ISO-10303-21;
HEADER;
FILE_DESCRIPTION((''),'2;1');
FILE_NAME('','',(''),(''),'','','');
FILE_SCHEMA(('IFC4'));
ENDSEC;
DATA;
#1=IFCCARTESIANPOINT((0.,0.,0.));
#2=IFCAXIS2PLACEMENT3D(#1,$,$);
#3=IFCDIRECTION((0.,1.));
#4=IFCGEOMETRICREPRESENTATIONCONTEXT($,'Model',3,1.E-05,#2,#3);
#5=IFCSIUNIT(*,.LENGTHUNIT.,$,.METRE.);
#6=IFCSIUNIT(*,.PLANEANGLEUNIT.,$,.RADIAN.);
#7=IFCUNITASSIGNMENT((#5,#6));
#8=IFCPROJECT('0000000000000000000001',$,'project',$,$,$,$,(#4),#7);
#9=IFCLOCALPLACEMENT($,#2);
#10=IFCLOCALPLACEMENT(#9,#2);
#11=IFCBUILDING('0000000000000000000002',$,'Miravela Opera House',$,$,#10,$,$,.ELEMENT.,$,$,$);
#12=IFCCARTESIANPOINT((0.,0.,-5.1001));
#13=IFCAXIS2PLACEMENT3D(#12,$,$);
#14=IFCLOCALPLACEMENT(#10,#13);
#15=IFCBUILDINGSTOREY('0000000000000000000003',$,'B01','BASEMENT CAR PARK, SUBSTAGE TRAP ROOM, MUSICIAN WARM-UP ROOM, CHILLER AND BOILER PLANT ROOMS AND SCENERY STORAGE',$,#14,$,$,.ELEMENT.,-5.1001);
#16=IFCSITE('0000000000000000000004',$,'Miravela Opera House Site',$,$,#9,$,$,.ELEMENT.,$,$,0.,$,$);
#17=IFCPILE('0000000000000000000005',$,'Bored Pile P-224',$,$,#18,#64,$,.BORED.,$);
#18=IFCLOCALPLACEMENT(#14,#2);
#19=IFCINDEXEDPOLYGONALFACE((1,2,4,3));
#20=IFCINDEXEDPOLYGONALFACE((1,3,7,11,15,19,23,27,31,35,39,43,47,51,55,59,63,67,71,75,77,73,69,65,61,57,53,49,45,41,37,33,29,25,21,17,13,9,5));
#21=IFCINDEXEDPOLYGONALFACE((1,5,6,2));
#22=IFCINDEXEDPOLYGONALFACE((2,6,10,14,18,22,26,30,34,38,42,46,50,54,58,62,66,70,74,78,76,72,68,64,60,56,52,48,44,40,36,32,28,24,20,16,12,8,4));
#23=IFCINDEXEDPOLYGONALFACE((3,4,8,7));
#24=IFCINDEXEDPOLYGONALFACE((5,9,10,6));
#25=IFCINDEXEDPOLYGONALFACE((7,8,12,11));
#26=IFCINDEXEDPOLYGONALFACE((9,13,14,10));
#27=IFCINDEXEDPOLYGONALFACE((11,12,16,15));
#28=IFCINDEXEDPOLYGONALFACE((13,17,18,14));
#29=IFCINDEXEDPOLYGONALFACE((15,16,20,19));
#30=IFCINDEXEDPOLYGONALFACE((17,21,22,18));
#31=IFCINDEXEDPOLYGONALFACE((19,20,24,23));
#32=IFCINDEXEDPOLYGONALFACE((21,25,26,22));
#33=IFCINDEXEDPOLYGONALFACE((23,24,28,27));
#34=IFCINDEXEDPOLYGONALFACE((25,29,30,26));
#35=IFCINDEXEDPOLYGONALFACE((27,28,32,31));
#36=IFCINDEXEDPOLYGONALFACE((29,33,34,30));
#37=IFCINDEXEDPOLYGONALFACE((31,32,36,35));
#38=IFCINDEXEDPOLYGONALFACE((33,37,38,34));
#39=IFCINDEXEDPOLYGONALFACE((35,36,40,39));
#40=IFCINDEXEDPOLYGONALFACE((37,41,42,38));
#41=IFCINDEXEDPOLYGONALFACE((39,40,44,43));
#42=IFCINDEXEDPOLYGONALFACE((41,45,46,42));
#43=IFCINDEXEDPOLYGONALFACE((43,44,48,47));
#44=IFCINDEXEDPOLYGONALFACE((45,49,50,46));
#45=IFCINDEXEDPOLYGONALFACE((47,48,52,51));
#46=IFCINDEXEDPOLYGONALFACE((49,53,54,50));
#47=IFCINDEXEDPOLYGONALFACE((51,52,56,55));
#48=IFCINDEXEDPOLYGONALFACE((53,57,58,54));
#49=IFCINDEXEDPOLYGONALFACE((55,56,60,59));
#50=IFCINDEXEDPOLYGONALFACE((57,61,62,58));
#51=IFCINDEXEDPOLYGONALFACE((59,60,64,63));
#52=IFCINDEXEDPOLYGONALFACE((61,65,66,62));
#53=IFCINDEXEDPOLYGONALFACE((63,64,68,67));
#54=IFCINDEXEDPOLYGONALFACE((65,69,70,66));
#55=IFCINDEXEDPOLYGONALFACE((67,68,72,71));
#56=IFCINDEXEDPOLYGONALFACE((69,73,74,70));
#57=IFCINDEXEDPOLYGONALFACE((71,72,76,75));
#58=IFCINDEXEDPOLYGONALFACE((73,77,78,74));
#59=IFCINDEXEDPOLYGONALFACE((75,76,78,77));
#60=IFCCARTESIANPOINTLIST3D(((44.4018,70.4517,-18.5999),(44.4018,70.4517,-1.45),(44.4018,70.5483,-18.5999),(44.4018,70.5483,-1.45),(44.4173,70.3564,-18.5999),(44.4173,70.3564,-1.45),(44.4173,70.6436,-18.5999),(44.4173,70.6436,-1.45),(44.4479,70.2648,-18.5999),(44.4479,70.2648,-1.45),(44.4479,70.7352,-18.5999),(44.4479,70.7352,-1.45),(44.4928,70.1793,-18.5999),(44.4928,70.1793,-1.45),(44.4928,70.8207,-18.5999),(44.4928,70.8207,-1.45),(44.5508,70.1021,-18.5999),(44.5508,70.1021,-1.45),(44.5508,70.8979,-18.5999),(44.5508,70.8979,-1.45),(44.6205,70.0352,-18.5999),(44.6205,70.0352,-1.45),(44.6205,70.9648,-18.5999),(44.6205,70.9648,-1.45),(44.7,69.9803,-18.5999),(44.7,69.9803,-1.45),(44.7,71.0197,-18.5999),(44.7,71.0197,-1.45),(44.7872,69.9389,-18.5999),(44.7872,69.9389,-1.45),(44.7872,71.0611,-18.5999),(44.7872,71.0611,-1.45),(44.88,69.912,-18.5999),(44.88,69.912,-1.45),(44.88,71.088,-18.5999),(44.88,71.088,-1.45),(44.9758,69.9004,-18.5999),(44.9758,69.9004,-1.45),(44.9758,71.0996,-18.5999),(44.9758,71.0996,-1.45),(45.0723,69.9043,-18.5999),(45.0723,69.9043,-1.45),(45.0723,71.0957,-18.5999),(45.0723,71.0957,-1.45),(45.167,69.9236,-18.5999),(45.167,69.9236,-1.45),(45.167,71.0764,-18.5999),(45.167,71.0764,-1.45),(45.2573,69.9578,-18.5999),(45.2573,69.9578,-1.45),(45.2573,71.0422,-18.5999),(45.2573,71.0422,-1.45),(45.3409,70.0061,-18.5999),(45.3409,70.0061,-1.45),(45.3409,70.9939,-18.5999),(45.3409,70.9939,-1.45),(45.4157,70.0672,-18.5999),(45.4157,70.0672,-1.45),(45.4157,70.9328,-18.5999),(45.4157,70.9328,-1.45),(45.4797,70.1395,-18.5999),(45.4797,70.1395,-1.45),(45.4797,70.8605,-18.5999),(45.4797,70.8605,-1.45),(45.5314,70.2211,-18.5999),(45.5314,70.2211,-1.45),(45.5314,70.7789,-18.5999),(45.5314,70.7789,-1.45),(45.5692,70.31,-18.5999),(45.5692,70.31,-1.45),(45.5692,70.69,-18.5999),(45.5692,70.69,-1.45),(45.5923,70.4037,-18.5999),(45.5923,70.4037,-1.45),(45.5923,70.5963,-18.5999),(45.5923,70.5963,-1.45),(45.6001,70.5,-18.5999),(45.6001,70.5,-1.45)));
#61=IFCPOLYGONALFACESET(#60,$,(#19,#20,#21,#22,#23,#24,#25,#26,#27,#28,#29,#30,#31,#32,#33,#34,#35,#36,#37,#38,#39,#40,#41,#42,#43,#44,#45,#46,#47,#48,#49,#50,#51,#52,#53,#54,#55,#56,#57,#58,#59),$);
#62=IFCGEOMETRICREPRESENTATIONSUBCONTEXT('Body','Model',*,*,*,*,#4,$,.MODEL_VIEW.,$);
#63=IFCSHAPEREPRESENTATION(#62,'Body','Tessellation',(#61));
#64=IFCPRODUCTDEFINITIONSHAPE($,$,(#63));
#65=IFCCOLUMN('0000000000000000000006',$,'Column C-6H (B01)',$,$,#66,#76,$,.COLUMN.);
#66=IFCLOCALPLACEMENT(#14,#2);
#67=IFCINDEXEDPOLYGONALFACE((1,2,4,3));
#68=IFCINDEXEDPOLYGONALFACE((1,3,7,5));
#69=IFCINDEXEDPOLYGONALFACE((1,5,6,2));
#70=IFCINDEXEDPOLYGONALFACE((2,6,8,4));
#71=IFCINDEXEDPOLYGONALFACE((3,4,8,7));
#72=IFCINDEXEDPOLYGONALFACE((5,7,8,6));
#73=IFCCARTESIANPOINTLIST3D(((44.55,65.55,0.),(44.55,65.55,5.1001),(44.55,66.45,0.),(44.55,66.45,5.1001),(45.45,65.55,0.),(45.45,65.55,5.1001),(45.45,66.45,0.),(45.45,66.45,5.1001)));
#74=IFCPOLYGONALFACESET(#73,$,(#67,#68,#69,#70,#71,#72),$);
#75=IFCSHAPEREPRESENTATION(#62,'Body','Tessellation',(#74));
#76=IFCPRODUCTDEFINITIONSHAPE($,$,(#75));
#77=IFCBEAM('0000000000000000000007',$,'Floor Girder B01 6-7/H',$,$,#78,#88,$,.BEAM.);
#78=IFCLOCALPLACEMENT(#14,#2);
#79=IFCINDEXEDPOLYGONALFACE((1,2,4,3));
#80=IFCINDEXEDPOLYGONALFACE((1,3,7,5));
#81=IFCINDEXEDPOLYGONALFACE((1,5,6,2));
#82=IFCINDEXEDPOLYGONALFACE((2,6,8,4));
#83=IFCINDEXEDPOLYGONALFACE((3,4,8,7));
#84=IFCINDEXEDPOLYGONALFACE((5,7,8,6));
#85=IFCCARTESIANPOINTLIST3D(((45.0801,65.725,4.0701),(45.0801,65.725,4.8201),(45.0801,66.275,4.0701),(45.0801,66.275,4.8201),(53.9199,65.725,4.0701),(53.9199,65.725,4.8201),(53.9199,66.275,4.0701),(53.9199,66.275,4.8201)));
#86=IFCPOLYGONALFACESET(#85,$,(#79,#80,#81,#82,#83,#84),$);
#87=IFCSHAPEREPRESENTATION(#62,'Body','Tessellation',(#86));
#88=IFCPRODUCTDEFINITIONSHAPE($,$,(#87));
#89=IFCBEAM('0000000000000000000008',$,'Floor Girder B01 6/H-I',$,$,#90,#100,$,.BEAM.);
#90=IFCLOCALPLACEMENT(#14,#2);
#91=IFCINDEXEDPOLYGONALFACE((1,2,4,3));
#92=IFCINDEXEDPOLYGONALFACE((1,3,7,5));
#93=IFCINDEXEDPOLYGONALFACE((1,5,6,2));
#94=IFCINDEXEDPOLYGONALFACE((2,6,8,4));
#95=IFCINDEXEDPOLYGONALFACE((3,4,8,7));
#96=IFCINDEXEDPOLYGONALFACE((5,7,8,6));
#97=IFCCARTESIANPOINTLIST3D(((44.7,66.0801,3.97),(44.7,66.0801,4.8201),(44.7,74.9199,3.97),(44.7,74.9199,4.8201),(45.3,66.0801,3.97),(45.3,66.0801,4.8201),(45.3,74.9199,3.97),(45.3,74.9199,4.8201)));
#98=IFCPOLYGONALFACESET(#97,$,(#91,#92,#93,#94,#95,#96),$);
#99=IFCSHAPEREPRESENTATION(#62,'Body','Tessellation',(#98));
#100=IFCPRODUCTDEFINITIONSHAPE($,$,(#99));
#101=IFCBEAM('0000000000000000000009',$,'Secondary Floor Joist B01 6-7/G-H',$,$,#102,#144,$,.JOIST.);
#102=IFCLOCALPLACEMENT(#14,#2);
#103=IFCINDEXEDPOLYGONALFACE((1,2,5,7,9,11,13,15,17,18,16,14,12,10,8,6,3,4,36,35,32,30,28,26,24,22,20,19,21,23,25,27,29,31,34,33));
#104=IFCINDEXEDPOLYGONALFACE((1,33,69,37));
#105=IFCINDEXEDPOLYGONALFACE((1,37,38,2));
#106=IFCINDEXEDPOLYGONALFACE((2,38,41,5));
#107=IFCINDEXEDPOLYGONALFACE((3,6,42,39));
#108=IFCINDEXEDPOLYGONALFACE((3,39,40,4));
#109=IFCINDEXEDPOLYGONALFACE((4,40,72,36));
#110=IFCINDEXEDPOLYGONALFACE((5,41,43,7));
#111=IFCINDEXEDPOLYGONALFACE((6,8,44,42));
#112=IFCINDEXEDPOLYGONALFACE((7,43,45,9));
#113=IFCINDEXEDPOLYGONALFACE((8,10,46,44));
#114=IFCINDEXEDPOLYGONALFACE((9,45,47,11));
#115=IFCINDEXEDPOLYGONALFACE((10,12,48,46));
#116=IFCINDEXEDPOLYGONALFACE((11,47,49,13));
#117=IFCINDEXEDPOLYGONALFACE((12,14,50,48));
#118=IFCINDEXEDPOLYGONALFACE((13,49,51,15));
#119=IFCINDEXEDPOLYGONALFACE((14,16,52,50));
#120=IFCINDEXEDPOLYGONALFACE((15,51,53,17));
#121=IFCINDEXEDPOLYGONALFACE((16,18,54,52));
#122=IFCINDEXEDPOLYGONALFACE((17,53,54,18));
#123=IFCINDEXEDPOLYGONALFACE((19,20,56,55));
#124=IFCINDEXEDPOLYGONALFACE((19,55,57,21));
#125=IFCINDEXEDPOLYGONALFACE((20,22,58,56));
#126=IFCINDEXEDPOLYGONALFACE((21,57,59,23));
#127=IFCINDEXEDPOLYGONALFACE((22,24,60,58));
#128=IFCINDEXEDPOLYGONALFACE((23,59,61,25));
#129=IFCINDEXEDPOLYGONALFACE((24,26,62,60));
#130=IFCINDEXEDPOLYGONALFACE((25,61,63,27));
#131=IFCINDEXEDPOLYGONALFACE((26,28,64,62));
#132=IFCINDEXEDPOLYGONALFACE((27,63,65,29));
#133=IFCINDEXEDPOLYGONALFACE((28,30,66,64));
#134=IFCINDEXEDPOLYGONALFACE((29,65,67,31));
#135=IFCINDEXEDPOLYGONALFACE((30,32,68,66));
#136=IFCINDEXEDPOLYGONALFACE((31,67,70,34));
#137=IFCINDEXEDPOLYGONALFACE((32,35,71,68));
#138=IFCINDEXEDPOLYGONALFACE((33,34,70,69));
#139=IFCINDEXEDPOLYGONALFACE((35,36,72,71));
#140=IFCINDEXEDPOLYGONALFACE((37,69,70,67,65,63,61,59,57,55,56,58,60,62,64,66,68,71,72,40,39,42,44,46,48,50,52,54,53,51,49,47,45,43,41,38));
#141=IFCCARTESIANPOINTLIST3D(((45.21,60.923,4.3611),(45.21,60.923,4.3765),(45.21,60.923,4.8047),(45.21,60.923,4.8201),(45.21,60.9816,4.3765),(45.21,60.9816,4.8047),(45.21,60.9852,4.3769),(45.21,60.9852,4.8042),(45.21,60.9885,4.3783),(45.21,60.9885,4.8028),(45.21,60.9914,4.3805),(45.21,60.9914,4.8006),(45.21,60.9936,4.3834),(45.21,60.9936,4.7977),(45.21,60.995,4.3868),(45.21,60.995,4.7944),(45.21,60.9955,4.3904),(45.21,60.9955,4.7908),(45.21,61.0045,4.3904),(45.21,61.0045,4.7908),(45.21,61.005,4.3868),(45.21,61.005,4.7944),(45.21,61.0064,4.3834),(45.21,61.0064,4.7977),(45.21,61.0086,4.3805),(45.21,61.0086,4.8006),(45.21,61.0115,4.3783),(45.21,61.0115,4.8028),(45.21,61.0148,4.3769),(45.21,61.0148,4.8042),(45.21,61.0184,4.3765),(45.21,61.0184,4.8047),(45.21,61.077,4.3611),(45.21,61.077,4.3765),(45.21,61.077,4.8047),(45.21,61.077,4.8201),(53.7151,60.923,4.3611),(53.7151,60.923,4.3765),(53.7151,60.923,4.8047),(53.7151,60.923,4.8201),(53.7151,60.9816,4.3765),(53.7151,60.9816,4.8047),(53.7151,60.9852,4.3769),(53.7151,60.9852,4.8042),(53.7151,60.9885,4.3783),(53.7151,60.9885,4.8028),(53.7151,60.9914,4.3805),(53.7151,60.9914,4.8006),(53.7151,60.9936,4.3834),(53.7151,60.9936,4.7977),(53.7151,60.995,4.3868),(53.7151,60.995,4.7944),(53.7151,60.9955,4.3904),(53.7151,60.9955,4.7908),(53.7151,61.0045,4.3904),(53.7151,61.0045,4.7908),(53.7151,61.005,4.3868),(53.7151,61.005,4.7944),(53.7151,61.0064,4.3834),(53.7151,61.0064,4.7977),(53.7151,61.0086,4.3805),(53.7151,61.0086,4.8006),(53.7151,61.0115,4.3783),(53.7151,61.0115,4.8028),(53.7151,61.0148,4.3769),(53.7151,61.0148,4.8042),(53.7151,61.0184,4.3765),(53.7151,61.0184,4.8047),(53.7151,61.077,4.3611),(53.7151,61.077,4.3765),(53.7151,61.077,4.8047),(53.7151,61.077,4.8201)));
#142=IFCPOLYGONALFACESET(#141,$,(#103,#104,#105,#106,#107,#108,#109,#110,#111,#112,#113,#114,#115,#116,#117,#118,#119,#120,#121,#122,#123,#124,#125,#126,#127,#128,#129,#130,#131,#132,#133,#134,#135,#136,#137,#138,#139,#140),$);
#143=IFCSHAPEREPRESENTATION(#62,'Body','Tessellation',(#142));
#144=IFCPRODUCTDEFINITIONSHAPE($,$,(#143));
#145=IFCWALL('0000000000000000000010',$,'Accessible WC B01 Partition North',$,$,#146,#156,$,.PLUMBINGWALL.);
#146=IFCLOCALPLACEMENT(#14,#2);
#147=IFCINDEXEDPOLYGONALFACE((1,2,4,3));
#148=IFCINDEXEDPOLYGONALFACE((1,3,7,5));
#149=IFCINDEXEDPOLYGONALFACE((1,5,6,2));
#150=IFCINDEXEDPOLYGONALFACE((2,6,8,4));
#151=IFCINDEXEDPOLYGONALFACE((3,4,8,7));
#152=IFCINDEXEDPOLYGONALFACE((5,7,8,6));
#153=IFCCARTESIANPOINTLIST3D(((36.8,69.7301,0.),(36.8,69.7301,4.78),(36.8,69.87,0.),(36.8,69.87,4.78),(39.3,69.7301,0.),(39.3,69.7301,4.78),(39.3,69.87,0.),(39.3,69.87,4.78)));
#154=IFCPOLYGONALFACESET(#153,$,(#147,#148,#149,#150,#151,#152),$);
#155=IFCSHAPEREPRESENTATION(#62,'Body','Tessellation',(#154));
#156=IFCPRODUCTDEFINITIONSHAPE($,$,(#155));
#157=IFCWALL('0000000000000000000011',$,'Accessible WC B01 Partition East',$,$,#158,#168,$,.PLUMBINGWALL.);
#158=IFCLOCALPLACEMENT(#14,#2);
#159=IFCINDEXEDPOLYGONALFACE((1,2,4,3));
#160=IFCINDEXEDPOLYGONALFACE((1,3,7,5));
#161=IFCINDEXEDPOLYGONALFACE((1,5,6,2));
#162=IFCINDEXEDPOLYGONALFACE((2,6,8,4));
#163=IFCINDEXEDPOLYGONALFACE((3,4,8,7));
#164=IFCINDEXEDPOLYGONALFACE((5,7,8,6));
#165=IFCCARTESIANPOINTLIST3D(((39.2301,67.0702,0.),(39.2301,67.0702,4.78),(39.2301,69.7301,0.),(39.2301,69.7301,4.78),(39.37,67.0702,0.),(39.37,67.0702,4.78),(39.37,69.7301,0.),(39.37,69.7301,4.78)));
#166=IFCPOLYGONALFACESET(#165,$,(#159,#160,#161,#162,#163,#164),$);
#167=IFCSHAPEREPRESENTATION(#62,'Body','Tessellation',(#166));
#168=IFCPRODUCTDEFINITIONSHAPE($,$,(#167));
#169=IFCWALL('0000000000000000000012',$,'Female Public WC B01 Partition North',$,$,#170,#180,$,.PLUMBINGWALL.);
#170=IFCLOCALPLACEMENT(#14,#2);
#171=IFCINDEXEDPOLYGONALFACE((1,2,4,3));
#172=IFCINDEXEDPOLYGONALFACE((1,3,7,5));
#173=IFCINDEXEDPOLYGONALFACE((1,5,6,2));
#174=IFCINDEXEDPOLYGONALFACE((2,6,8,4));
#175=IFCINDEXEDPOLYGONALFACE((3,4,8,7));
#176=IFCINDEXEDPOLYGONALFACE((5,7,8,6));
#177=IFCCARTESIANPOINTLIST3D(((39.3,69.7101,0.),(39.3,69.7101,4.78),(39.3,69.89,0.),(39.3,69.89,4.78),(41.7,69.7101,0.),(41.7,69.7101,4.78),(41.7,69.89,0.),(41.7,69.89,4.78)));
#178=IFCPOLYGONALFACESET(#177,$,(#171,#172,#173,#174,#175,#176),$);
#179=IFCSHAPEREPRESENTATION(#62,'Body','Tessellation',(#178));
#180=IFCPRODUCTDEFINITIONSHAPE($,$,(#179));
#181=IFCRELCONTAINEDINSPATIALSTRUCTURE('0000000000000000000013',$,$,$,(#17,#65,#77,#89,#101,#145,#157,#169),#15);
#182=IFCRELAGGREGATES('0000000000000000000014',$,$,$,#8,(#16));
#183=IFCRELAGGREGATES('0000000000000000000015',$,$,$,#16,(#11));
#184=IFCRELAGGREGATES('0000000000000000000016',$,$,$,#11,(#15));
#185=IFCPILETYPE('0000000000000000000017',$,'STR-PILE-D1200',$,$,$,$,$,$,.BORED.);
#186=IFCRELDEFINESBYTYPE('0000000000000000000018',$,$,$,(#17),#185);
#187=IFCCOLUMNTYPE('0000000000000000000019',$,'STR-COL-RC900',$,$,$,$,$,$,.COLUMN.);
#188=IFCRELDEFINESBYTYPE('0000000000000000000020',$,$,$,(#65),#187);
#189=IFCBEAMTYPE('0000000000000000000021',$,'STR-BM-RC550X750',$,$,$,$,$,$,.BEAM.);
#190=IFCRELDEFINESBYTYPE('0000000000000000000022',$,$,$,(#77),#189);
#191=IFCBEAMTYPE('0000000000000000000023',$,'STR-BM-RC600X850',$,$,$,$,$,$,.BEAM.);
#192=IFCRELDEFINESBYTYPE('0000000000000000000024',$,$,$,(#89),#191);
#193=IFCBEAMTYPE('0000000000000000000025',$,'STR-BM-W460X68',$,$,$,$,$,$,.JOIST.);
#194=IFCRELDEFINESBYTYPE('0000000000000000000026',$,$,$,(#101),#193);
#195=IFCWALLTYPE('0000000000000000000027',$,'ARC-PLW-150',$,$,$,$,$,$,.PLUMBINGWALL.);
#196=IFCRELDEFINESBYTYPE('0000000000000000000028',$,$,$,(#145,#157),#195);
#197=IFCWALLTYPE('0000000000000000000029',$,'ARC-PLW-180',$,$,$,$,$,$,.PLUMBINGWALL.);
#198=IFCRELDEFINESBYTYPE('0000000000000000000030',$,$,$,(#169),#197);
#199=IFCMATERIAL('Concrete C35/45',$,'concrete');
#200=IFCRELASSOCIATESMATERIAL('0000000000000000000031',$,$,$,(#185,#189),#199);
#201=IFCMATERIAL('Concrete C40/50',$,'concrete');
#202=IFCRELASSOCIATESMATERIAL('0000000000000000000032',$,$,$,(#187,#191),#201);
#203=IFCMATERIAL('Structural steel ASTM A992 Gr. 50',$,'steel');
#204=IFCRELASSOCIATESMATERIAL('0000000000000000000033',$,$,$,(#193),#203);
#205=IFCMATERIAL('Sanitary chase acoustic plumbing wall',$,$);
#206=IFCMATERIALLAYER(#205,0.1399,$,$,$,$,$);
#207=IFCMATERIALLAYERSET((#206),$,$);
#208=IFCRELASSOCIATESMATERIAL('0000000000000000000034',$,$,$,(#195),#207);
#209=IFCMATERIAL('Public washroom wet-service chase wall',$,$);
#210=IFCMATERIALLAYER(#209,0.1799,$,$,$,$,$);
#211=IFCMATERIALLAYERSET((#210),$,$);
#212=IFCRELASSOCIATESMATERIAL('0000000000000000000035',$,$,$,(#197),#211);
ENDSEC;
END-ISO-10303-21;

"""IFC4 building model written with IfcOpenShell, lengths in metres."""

from ifc_helpers import new_model, si_unit, direction, frame, frame_2d, origin, origin_2d, place, context, subcontext, project, spatial, rectangle, circle, i_section, extrude, material, layer, layer_set, material_profile, profile_set, type_object, element, save


model = new_model("IFC4")

# Units and contexts
model_context = context("Model", 3, precision=1e-05, world=origin(), true_north=direction((0.0, 1.0)))
body_context = subcontext(model_context, "Body", "Model", "MODEL_VIEW")
ifc_project = project(units=[si_unit("LENGTHUNIT", "METRE"), si_unit("PLANEANGLEUNIT", "RADIAN")], contexts=[model_context])

# Site, building, storey
site_placement = place(None, origin())
site = spatial("IfcSite", under=ifc_project, at=site_placement, Name="Miravela Opera House Site", CompositionType="ELEMENT", RefElevation=0.0)
building_placement = place(site_placement, origin())
building = spatial("IfcBuilding", under=site, at=building_placement, Name="Miravela Opera House", CompositionType="ELEMENT")
storey_placement = place(building_placement, frame((0.0, 0.0, -5.1001)))
storey = spatial("IfcBuildingStorey", under=building, at=storey_placement, Name="B01", Description="BASEMENT CAR PARK, SUBSTAGE TRAP ROOM, MUSICIAN WARM-UP ROOM, CHILLER AND BOILER PLANT ROOMS AND SCENERY STORAGE", CompositionType="ELEMENT", Elevation=-5.1001)

# Pile
ifc_material_1 = material(Name="Concrete C35/45", Category="concrete")
ifc_material_profile_1 = material_profile(ifc_material_1, circle(Radius=0.6001, at=origin_2d()), Name="PILE-D1200")
ifc_profile_set_1 = profile_set([ifc_material_profile_1])
pile_type_1 = type_object("IfcPileType", Name="STR-PILE-D1200", PredefinedType="BORED", material=ifc_profile_set_1)
for number, where, z_axis, x_axis, name in (
    (1, (45.0, 70.5, -1.45), (0.0, 0.0, -1.0), (1.0, 0.0, 0.0), "Bored Pile P-224"),
):
    element("IfcPile", number, at=place(storey_placement, frame(where, z_axis=z_axis, x_axis=x_axis)), inside=storey, type_object=pile_type_1, Name=name, PredefinedType="BORED", context=body_context, shape_type="SweptSolid", body=[
        extrude(circle(Radius=0.6001, at=origin_2d()), origin(), (0.0, 0.0, 1.0), 17.1499),
    ])

# Column
ifc_material_2 = material(Name="Concrete C40/50", Category="concrete")
ifc_material_profile_2 = material_profile(ifc_material_2, rectangle(XDim=0.8999, YDim=0.8999, at=origin_2d()), Name="RC-COL-900X900")
ifc_profile_set_2 = profile_set([ifc_material_profile_2])
column_type = type_object("IfcColumnType", Name="STR-COL-RC900", PredefinedType="COLUMN", material=ifc_profile_set_2)
column_placement = place(storey_placement, frame((45.0, 66.0, 0.0), z_axis=(0.0, 0.0, 1.0), x_axis=(1.0, 0.0, 0.0)))
element("IfcColumn", 2, at=column_placement, inside=storey, type_object=column_type, Name="Column C-6H (B01)", PredefinedType="COLUMN", context=body_context, shape_type="SweptSolid", body=[
    extrude(rectangle(XDim=0.8999, YDim=0.8999, at=origin_2d()), origin(), (0.0, 0.0, 1.0), 5.1001),
])

# Beams
ifc_material_profile_3 = material_profile(ifc_material_1, rectangle(XDim=0.55, YDim=0.75, at=origin_2d()), Name="RC-BM-550X750")
ifc_profile_set_3 = profile_set([ifc_material_profile_3])
beam_type_1 = type_object("IfcBeamType", Name="STR-BM-RC550X750", PredefinedType="BEAM", material=ifc_profile_set_3)
beam_1_placement = place(storey_placement, frame((45.0801, 66.0, 4.4451), z_axis=(1.0, 0.0, 0.0), x_axis=(0.0, 1.0, 0.0)))
element("IfcBeam", 3, at=beam_1_placement, inside=storey, type_object=beam_type_1, Name="Floor Girder B01 6-7/H", PredefinedType="BEAM", context=body_context, shape_type="SweptSolid", body=[
    extrude(rectangle(XDim=0.55, YDim=0.75, at=origin_2d()), origin(), (0.0, 0.0, 1.0), 8.8398),
])
ifc_material_profile_4 = material_profile(ifc_material_2, rectangle(XDim=0.6001, YDim=0.8501, at=origin_2d()), Name="RC-BM-600X850")
ifc_profile_set_4 = profile_set([ifc_material_profile_4])
beam_type_2 = type_object("IfcBeamType", Name="STR-BM-RC600X850", PredefinedType="BEAM", material=ifc_profile_set_4)
beam_2_placement = place(storey_placement, frame((45.0, 66.0801, 4.395), z_axis=(0.0, 1.0, 0.0), x_axis=(-1.0, 0.0, 0.0)))
element("IfcBeam", 4, at=beam_2_placement, inside=storey, type_object=beam_type_2, Name="Floor Girder B01 6/H-I", PredefinedType="BEAM", context=body_context, shape_type="SweptSolid", body=[
    extrude(rectangle(XDim=0.6001, YDim=0.8501, at=origin_2d()), origin(), (0.0, 0.0, 1.0), 8.8398),
])
ifc_material_3 = material(Name="Structural steel ASTM A992 Gr. 50", Category="steel")
ifc_material_profile_5 = material_profile(ifc_material_3, i_section(OverallWidth=0.1541, OverallDepth=0.459, WebThickness=0.009, FlangeThickness=0.0154, FilletRadius=0.0139, at=origin_2d()), Name="W460X68")
ifc_profile_set_5 = profile_set([ifc_material_profile_5])
beam_type_3 = type_object("IfcBeamType", Name="STR-BM-W460X68", PredefinedType="JOIST", material=ifc_profile_set_5)
beam_3_placement = place(storey_placement, frame((45.21, 61.0, 4.5906), z_axis=(1.0, 0.0, 0.0), x_axis=(0.0, 1.0, 0.0)))
element("IfcBeam", 5, at=beam_3_placement, inside=storey, type_object=beam_type_3, Name="Secondary Floor Joist B01 6-7/G-H", PredefinedType="JOIST", context=body_context, shape_type="SweptSolid", body=[
    extrude(i_section(OverallWidth=0.1541, OverallDepth=0.459, WebThickness=0.009, FlangeThickness=0.0154, FilletRadius=0.0139, at=origin_2d()), origin(), (0.0, 0.0, 1.0), 8.5051),
])

# Walls
ifc_material_4 = material(Name="Sanitary chase acoustic plumbing wall")
ifc_layer_1 = layer(ifc_material_4, 0.1399)
ifc_layer_set_1 = layer_set([ifc_layer_1])
wall_type_1 = type_object("IfcWallType", Name="ARC-PLW-150", PredefinedType="PLUMBINGWALL", material=ifc_layer_set_1)
wall_1_placement = place(storey_placement, frame((36.8, 69.8, 0.0), z_axis=(0.0, 0.0, 1.0), x_axis=(1.0, 0.0, 0.0)))
element("IfcWall", 6, at=wall_1_placement, inside=storey, type_object=wall_type_1, Name="Accessible WC B01 Partition North", PredefinedType="PLUMBINGWALL", context=body_context, shape_type="SweptSolid", body=[
    extrude(rectangle(XDim=2.5, YDim=0.1399, at=frame_2d((1.25, 0.0))), origin(), (0.0, 0.0, 1.0), 4.78),
])
wall_2_placement = place(storey_placement, frame((39.3, 67.0701, 0.0), z_axis=(0.0, 0.0, 1.0), x_axis=(0.0, 1.0, 0.0)))
element("IfcWall", 7, at=wall_2_placement, inside=storey, type_object=wall_type_1, Name="Accessible WC B01 Partition East", PredefinedType="PLUMBINGWALL", context=body_context, shape_type="SweptSolid", body=[
    extrude(rectangle(XDim=2.6599, YDim=0.1399, at=frame_2d((1.3301, 0.0))), origin(), (0.0, 0.0, 1.0), 4.78),
])

# Shared definitions
ifc_material_5 = material(Name="Public washroom wet-service chase wall")
ifc_layer_2 = layer(ifc_material_5, 0.1799)
ifc_layer_set_2 = layer_set([ifc_layer_2])
wall_type_2 = type_object("IfcWallType", Name="ARC-PLW-180", PredefinedType="PLUMBINGWALL", material=ifc_layer_set_2)

# Wall
wall_3_placement = place(storey_placement, frame((39.3, 69.8, 0.0), z_axis=(0.0, 0.0, 1.0), x_axis=(1.0, 0.0, 0.0)))
element("IfcWall", 8, at=wall_3_placement, inside=storey, type_object=wall_type_2, Name="Female Public WC B01 Partition North", PredefinedType="PLUMBINGWALL", context=body_context, shape_type="SweptSolid", body=[
    extrude(rectangle(XDim=2.3999, YDim=0.1799, at=frame_2d((1.2, 0.0))), origin(), (0.0, 0.0, 1.0), 4.78),
])

save(model, "model.ifc")
